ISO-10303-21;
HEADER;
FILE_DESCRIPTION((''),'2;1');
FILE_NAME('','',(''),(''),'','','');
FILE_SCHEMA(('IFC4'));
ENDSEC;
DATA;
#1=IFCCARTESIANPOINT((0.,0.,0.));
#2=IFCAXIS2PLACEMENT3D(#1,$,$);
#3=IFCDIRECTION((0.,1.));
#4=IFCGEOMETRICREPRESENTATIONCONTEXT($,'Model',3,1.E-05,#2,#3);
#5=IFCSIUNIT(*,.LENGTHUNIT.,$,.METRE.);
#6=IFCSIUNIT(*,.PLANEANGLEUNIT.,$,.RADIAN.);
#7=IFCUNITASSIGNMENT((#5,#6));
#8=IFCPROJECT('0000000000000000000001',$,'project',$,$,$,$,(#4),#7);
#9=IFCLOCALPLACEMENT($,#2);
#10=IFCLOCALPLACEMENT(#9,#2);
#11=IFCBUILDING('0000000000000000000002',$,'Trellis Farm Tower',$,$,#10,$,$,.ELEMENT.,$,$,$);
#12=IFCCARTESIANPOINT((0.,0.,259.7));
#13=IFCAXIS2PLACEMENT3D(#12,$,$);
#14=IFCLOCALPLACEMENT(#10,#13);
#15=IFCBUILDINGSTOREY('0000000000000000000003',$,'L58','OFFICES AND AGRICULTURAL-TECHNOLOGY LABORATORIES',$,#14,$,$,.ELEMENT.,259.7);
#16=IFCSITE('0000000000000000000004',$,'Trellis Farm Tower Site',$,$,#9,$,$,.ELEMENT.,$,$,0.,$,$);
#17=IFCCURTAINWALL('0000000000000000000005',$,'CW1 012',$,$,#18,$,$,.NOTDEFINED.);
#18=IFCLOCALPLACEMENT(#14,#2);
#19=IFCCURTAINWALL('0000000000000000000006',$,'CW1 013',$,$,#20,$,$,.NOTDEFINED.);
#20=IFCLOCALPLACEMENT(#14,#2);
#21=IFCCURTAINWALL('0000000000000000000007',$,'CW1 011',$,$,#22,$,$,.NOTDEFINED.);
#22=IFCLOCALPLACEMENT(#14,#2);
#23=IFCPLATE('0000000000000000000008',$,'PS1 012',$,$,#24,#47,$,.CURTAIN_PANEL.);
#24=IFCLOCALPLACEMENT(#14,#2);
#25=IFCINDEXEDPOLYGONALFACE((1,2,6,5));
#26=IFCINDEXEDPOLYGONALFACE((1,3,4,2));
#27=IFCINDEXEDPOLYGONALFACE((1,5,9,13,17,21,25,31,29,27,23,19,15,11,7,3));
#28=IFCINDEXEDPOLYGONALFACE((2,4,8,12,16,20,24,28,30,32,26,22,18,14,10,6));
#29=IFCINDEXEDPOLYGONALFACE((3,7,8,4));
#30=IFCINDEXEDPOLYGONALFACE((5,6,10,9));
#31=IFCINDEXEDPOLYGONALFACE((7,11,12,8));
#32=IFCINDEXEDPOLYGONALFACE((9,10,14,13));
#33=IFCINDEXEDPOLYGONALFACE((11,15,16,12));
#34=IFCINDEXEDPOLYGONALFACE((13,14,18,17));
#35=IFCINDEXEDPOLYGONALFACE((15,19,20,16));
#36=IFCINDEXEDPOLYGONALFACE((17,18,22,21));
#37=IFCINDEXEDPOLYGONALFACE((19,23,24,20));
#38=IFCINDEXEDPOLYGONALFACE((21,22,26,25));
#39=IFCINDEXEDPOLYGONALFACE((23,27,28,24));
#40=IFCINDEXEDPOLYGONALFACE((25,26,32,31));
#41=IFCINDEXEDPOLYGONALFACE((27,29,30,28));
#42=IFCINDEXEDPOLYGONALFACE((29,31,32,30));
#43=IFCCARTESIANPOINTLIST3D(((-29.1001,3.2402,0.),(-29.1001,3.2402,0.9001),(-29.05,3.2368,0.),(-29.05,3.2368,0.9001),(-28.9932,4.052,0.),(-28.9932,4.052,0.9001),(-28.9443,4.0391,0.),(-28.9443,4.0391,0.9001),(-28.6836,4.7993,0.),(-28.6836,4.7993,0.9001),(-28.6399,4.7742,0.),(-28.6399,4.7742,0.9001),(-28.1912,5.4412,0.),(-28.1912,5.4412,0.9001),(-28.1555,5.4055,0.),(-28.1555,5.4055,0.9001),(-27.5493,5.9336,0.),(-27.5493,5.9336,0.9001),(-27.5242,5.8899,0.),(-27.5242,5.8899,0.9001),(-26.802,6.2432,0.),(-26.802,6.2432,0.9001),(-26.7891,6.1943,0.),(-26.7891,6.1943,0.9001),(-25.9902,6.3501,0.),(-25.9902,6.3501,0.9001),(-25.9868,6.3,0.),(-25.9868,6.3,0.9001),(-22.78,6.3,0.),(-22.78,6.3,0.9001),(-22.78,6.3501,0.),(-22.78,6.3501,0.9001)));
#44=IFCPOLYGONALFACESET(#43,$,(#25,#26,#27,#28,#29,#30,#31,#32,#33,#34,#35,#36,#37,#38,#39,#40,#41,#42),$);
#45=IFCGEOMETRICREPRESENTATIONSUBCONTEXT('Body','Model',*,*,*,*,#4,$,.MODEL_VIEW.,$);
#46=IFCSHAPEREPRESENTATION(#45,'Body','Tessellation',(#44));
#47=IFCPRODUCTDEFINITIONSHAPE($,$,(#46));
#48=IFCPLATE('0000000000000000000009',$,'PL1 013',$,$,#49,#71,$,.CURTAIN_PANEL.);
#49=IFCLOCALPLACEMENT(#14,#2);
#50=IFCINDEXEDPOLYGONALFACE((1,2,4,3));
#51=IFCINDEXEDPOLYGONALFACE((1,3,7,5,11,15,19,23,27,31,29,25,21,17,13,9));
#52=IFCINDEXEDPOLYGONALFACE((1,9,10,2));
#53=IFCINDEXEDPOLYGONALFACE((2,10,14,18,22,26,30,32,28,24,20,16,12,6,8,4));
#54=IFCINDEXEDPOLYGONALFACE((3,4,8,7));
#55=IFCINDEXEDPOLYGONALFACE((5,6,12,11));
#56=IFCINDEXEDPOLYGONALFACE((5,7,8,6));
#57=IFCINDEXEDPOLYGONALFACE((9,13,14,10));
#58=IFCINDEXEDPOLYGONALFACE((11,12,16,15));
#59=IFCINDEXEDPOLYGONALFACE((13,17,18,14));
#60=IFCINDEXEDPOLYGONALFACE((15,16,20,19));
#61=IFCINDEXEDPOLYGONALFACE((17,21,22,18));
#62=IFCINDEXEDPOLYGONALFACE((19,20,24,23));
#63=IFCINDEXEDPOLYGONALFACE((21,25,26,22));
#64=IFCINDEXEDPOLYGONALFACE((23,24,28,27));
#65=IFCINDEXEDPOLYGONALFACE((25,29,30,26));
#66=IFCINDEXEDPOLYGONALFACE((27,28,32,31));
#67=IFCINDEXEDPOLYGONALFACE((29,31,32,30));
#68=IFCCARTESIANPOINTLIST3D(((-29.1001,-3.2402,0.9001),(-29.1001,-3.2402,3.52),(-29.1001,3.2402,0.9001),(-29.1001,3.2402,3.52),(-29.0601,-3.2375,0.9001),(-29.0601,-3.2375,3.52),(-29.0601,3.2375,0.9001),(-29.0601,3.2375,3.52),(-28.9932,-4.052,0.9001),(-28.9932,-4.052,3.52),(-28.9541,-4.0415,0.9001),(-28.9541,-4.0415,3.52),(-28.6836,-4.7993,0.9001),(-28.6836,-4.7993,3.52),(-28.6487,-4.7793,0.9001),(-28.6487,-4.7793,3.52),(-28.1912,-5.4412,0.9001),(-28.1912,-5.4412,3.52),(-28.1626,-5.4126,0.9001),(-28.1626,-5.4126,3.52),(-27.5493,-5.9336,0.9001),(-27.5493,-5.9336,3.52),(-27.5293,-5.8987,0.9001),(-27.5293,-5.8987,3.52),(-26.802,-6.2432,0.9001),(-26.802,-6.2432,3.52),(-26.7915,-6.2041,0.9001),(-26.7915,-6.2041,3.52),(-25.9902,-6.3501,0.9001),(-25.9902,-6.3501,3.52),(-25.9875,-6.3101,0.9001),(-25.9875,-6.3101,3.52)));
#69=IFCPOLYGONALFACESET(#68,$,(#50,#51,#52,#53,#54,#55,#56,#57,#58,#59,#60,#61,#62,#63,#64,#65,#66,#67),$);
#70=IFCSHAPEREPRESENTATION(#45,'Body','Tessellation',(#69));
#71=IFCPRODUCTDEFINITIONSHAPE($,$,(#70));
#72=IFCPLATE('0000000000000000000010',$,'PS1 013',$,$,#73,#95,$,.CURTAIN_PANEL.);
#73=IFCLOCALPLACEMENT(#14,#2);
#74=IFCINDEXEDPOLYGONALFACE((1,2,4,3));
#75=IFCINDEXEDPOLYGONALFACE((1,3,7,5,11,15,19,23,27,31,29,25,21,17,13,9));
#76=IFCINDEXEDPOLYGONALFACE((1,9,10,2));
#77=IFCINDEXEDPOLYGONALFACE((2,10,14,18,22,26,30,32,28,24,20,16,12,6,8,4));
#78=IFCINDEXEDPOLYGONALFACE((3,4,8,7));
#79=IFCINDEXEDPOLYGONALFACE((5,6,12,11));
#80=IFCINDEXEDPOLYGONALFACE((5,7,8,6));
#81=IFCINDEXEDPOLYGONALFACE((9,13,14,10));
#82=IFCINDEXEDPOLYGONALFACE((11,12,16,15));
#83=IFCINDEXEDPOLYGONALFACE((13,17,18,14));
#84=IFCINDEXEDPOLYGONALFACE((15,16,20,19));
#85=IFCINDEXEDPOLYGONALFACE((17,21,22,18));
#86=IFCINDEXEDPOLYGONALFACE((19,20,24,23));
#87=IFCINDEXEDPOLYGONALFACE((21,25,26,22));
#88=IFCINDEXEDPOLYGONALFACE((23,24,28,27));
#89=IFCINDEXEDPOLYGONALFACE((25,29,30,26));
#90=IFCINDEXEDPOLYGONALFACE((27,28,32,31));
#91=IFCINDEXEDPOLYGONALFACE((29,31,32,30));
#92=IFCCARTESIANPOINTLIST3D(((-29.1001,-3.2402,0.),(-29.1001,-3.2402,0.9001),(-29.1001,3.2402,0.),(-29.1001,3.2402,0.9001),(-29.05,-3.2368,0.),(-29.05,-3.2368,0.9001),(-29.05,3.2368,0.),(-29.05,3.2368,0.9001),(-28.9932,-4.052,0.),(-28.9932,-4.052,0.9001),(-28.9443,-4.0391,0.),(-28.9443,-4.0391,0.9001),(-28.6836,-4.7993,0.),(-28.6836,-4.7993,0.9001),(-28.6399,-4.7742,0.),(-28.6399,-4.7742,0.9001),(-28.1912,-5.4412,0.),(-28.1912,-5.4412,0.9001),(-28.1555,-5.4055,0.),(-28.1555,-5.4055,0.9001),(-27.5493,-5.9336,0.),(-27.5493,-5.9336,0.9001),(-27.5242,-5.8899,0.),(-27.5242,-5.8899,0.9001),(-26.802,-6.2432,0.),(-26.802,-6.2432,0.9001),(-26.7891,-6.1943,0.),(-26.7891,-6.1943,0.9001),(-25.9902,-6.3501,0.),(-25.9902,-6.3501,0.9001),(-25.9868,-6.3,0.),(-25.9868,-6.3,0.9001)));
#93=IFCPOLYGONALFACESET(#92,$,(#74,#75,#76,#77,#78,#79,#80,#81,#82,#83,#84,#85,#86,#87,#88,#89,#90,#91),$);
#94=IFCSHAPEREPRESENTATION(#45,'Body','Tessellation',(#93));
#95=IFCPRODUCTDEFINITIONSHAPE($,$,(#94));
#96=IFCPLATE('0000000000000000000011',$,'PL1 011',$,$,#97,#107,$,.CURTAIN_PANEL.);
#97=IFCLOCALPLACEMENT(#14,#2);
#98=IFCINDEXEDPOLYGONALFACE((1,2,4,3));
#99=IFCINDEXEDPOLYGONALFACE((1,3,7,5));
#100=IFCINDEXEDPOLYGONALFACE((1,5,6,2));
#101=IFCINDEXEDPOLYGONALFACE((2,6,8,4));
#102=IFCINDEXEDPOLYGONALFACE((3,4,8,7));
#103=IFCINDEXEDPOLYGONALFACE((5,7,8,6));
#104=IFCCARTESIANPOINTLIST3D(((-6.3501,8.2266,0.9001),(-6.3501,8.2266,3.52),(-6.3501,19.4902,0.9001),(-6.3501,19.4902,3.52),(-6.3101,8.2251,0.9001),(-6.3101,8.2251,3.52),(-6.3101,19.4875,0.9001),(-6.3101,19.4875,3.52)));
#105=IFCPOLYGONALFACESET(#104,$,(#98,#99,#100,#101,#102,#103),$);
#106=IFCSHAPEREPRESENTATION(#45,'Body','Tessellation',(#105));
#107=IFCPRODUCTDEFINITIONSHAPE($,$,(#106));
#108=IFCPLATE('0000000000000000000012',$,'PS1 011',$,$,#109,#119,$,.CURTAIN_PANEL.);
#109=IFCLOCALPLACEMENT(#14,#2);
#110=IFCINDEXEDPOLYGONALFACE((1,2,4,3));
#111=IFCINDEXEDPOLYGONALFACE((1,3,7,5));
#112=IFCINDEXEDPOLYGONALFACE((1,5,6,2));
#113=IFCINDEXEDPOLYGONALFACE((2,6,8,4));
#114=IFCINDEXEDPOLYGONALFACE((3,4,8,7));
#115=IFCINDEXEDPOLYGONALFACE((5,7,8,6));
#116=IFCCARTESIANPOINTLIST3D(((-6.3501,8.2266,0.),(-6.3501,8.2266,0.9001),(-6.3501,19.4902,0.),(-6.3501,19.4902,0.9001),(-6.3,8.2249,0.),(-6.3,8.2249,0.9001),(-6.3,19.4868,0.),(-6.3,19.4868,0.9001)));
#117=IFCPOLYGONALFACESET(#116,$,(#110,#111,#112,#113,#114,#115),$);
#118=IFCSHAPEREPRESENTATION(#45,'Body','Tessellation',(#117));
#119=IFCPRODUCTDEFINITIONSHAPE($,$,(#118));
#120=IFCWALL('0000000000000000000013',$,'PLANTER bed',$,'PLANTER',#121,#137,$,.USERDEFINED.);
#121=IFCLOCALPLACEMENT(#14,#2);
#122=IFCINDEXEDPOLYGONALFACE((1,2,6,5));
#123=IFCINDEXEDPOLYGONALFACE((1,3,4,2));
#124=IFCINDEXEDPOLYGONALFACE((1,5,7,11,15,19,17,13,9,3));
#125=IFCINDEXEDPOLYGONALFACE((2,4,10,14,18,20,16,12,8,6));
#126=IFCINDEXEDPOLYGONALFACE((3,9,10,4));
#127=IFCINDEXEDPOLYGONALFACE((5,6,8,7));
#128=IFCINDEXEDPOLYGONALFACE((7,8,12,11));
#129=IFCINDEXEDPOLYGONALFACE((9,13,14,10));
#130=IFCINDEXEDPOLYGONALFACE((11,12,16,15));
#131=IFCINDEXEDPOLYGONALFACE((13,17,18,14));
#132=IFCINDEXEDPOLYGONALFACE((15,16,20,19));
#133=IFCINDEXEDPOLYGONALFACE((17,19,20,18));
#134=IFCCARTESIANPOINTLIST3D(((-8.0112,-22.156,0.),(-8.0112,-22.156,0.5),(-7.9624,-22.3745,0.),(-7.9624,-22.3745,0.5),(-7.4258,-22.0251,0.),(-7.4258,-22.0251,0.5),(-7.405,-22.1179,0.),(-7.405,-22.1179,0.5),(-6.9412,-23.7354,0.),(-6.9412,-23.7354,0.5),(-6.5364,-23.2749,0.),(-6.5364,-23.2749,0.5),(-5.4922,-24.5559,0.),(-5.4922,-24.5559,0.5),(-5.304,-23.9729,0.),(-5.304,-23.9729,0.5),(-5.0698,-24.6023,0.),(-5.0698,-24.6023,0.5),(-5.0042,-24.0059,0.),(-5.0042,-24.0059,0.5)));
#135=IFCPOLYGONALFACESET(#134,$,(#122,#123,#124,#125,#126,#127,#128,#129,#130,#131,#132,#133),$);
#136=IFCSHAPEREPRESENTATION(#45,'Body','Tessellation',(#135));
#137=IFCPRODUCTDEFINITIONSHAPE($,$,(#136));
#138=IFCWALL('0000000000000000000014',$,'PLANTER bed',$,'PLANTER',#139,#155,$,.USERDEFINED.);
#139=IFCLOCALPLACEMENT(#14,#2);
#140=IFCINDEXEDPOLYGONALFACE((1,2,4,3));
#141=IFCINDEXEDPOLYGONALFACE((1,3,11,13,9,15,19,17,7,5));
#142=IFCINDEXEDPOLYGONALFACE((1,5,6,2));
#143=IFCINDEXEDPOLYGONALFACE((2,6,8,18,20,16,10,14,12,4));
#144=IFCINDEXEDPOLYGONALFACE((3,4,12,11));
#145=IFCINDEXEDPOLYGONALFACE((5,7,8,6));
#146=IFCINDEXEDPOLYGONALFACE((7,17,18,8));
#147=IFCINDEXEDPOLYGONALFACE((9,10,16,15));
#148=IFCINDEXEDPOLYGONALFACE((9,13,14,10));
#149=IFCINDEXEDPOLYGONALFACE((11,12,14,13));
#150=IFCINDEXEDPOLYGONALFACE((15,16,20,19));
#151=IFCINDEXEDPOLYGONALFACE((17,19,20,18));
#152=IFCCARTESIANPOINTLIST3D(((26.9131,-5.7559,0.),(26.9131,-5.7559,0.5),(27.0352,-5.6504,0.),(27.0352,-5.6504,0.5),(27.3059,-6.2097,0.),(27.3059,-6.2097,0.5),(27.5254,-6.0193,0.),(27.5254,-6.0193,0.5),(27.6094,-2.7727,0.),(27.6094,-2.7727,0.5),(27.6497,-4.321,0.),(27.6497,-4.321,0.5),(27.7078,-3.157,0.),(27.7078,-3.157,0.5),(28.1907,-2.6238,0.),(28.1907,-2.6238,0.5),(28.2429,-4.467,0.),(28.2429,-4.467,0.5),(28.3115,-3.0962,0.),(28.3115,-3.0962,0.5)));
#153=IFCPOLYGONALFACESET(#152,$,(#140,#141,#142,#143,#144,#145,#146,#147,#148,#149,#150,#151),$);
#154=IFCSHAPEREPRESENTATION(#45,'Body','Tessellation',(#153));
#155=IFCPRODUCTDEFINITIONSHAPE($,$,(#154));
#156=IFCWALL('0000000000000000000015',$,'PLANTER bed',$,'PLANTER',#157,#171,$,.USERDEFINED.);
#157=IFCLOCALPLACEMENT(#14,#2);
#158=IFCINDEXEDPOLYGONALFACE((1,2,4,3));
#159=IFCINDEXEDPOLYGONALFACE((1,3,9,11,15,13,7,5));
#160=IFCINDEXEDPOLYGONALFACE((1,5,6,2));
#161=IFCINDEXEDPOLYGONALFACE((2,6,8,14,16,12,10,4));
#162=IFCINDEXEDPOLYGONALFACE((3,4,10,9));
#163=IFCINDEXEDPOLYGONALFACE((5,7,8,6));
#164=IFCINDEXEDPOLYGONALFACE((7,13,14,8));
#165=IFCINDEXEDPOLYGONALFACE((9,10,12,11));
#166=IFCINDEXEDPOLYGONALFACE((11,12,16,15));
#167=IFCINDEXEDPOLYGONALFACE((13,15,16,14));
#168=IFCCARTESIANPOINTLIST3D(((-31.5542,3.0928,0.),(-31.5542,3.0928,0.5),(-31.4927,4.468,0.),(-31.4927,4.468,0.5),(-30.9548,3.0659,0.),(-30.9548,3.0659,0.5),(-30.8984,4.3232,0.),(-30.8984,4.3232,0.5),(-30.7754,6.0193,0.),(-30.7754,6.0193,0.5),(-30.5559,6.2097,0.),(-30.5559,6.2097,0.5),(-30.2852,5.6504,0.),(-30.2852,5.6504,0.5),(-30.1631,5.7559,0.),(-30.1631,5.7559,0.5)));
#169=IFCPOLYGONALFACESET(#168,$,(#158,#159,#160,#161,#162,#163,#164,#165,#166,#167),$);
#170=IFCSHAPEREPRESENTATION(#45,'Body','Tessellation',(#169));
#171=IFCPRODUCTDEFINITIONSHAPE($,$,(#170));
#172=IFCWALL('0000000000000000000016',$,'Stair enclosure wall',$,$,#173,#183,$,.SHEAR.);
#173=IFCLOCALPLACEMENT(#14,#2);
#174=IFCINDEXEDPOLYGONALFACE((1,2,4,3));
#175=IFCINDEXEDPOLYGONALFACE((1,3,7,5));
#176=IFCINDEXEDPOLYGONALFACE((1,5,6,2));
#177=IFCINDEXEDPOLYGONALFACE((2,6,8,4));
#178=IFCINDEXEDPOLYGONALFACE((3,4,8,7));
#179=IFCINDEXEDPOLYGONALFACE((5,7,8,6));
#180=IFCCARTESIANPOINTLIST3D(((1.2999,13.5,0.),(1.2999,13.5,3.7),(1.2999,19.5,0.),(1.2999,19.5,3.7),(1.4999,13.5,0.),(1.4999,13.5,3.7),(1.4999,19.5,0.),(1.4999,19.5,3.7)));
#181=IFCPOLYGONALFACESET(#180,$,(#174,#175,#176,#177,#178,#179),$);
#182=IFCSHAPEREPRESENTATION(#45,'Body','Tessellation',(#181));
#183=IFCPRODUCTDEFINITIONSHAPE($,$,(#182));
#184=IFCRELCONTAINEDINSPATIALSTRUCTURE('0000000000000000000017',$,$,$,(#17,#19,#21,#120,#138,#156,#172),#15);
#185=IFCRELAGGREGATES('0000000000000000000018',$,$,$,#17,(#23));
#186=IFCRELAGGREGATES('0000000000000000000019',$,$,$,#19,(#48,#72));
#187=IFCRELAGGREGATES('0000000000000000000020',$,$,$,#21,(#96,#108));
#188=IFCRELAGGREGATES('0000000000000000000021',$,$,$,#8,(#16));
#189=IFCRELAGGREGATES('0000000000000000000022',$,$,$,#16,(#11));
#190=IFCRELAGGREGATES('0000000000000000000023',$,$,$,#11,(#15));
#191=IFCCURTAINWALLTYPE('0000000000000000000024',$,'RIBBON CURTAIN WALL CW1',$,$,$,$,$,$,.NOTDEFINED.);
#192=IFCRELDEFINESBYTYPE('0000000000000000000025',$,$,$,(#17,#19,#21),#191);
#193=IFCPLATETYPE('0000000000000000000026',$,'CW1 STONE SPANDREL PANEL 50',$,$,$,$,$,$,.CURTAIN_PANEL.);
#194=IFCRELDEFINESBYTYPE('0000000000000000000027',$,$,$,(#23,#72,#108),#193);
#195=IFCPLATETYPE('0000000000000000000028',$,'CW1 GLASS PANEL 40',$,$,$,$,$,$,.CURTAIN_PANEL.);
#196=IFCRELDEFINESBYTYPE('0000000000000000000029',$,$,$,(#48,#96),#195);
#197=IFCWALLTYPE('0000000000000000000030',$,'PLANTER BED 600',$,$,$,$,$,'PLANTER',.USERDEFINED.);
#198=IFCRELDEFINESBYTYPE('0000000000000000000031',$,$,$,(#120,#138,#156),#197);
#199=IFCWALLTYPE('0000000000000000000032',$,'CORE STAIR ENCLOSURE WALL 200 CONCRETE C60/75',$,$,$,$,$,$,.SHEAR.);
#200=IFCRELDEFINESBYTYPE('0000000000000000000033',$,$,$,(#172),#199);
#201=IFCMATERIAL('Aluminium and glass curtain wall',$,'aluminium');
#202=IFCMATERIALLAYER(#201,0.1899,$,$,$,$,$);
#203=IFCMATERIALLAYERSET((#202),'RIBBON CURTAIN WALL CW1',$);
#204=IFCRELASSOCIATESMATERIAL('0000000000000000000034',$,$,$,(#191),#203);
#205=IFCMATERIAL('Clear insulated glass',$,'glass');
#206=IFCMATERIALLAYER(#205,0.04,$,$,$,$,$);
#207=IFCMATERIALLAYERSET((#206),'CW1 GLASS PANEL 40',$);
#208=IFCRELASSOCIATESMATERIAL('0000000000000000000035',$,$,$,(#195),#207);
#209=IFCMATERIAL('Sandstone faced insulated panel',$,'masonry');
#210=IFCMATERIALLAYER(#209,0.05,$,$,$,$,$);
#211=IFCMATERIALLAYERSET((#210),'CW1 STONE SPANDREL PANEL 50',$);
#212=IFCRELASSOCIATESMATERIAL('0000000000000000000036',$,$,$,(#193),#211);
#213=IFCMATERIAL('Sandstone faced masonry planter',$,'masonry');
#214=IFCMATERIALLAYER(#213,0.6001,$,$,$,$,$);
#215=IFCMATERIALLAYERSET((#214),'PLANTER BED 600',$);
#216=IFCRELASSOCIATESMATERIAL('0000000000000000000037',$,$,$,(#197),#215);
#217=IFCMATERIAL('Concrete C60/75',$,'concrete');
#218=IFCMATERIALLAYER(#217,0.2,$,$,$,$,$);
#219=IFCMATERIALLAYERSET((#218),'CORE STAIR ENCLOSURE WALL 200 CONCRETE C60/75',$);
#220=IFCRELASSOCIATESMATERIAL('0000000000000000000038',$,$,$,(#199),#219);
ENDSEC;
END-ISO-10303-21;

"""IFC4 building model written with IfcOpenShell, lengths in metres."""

from ifc_helpers import new_model, si_unit, direction, frame, frame_2d, origin, place, context, subcontext, project, spatial, polyline, rectangle, outline, extrude, source, transform, mapped, material, layer, layer_set, type_object, element, aggregate, save


model = new_model("IFC4")

# Units and contexts
model_context = context("Model", 3, precision=1e-05, world=origin(), true_north=direction((0.0, 1.0)))
body_context = subcontext(model_context, "Body", "Model", "MODEL_VIEW")
ifc_project = project(units=[si_unit("LENGTHUNIT", "METRE"), si_unit("PLANEANGLEUNIT", "RADIAN")], contexts=[model_context])

# Site, building, storey
site_placement = place(None, origin())
site = spatial("IfcSite", under=ifc_project, at=site_placement, Name="Trellis Farm Tower Site", CompositionType="ELEMENT", RefElevation=0.0)
building_placement = place(site_placement, origin())
building = spatial("IfcBuilding", under=site, at=building_placement, Name="Trellis Farm Tower", CompositionType="ELEMENT")
storey_placement = place(building_placement, frame((0.0, 0.0, 259.7)))
storey = spatial("IfcBuildingStorey", under=building, at=storey_placement, Name="L58", Description="OFFICES AND AGRICULTURAL-TECHNOLOGY LABORATORIES", CompositionType="ELEMENT", Elevation=259.7)

# Curtain walls
ifc_material_1 = material(Name="Aluminium and glass curtain wall", Category="aluminium")
placement_1 = place(storey_placement, origin())
ifc_layer_1 = layer(ifc_material_1, 0.1899)
ifc_layer_set_1 = layer_set([ifc_layer_1], Name="RIBBON CURTAIN WALL CW1")
curtain_wall_type_1 = type_object("IfcCurtainWallType", Name="RIBBON CURTAIN WALL CW1", PredefinedType="NOTDEFINED", material=ifc_layer_set_1)
curtain_wall_1 = element("IfcCurtainWall", 1, at=placement_1, inside=storey, type_object=curtain_wall_type_1, Name="CW1 012", PredefinedType="NOTDEFINED")
curtain_wall_2 = element("IfcCurtainWall", 2, at=placement_1, inside=storey, type_object=curtain_wall_type_1, Name="CW1 013", PredefinedType="NOTDEFINED")
curtain_wall_3 = element("IfcCurtainWall", 3, at=placement_1, inside=storey, type_object=curtain_wall_type_1, Name="CW1 011", PredefinedType="NOTDEFINED")

# Plates
ifc_material_2 = material(Name="Clear insulated glass", Category="glass")
ifc_layer_2 = layer(ifc_material_2, 0.04)
ifc_layer_set_2 = layer_set([ifc_layer_2], Name="CW1 GLASS PANEL 40")
plate_type_1 = type_object("IfcPlateType", Name="CW1 GLASS PANEL 40", PredefinedType="CURTAIN_PANEL", material=ifc_layer_set_2)
placement_2 = place(storey_placement, frame((0.0, 0.0, 0.9001)))
ifc_material_3 = material(Name="Sandstone faced insulated panel", Category="masonry")
ifc_layer_3 = layer(ifc_material_3, 0.05)
ifc_layer_set_3 = layer_set([ifc_layer_3], Name="CW1 STONE SPANDREL PANEL 50")
plate_type_2 = type_object("IfcPlateType", Name="CW1 STONE SPANDREL PANEL 50", PredefinedType="CURTAIN_PANEL", material=ifc_layer_set_3)
shared_shape_1 = source(origin(), body_context, "Body", "SweptSolid", [
    extrude(outline(polyline([(-22.78, 6.3501), (-25.9902, 6.3501), (-26.802, 6.2432), (-27.5493, 5.9336), (-28.1912, 5.4412), (-28.6836, 4.7993), (-28.9932, 4.052), (-29.1001, 3.2402), (-29.05, 3.2368), (-28.9443, 4.0391), (-28.6399, 4.7742), (-28.1555, 5.4055), (-27.5242, 5.8899), (-26.7891, 6.1943), (-25.9868, 6.3), (-22.78, 6.3), (-22.78, 6.3501)])), origin(), (0.0, 0.0, 1.0), 0.9001),
])
plate_1 = element("IfcPlate", 4, at=placement_1, type_object=plate_type_2, Name="PS1 012", PredefinedType="CURTAIN_PANEL", context=body_context, shape_type="MappedRepresentation", body=[
    mapped(shared_shape_1, transform((0.0, 0.0, 0.0))),
])
aggregate(curtain_wall_1, [plate_1])
shared_shape_2 = source(origin(), body_context, "Body", "SweptSolid", [
    extrude(outline(polyline([(-29.1001, 3.2402), (-29.1001, -3.2402), (-28.9932, -4.052), (-28.6836, -4.7993), (-28.1912, -5.4412), (-27.5493, -5.9336), (-26.802, -6.2432), (-25.9902, -6.3501), (-25.9875, -6.3101), (-26.7915, -6.2041), (-27.5293, -5.8987), (-28.1626, -5.4126), (-28.6487, -4.7793), (-28.9541, -4.0415), (-29.0601, -3.2375), (-29.0601, 3.2375), (-29.1001, 3.2402)])), origin(), (0.0, 0.0, 1.0), 2.6199),
])
plate_2 = element("IfcPlate", 5, at=placement_2, type_object=plate_type_1, Name="PL1 013", PredefinedType="CURTAIN_PANEL", context=body_context, shape_type="MappedRepresentation", body=[
    mapped(shared_shape_2, transform((0.0, 0.0, 0.0))),
])
shared_shape_3 = source(origin(), body_context, "Body", "SweptSolid", [
    extrude(outline(polyline([(-29.1001, 3.2402), (-29.1001, -3.2402), (-28.9932, -4.052), (-28.6836, -4.7993), (-28.1912, -5.4412), (-27.5493, -5.9336), (-26.802, -6.2432), (-25.9902, -6.3501), (-25.9868, -6.3), (-26.7891, -6.1943), (-27.5242, -5.8899), (-28.1555, -5.4055), (-28.6399, -4.7742), (-28.9443, -4.0391), (-29.05, -3.2368), (-29.05, 3.2368), (-29.1001, 3.2402)])), origin(), (0.0, 0.0, 1.0), 0.9001),
])
plate_3 = element("IfcPlate", 6, at=placement_1, type_object=plate_type_2, Name="PS1 013", PredefinedType="CURTAIN_PANEL", context=body_context, shape_type="MappedRepresentation", body=[
    mapped(shared_shape_3, transform((0.0, 0.0, 0.0))),
])
aggregate(curtain_wall_2, [plate_2, plate_3])
shared_shape_4 = source(origin(), body_context, "Body", "SweptSolid", [
    extrude(outline(polyline([(-6.3501, 19.4902), (-6.3501, 8.2266), (-6.3101, 8.2251), (-6.3101, 19.4875), (-6.3501, 19.4902)])), origin(), (0.0, 0.0, 1.0), 2.6199),
])
plate_4 = element("IfcPlate", 7, at=placement_2, type_object=plate_type_1, Name="PL1 011", PredefinedType="CURTAIN_PANEL", context=body_context, shape_type="MappedRepresentation", body=[
    mapped(shared_shape_4, transform((0.0, 0.0, 0.0))),
])
shared_shape_5 = source(origin(), body_context, "Body", "SweptSolid", [
    extrude(outline(polyline([(-6.3501, 19.4902), (-6.3501, 8.2266), (-6.3, 8.2249), (-6.3, 19.4868), (-6.3501, 19.4902)])), origin(), (0.0, 0.0, 1.0), 0.9001),
])
plate_5 = element("IfcPlate", 8, at=placement_1, type_object=plate_type_2, Name="PS1 011", PredefinedType="CURTAIN_PANEL", context=body_context, shape_type="MappedRepresentation", body=[
    mapped(shared_shape_5, transform((0.0, 0.0, 0.0))),
])
aggregate(curtain_wall_3, [plate_4, plate_5])

# Walls
ifc_material_4 = material(Name="Sandstone faced masonry planter", Category="masonry")
ifc_layer_4 = layer(ifc_material_4, 0.6001)
ifc_layer_set_4 = layer_set([ifc_layer_4], Name="PLANTER BED 600")
wall_type_1 = type_object("IfcWallType", Name="PLANTER BED 600", ElementType="PLANTER", PredefinedType="USERDEFINED", material=ifc_layer_set_4)
element("IfcWall", 9, at=placement_1, inside=storey, type_object=wall_type_1, Name="PLANTER bed", ObjectType="PLANTER", PredefinedType="USERDEFINED", context=body_context, shape_type="SweptSolid", body=[
    extrude(outline(polyline([(-5.4922, -24.5559), (-6.9412, -23.7354), (-7.9624, -22.3745), (-8.0112, -22.156), (-7.4258, -22.0251), (-7.405, -22.1179), (-6.5364, -23.2749), (-5.304, -23.9729), (-5.0042, -24.0059), (-5.0698, -24.6023), (-5.4922, -24.5559)])), origin(), (0.0, 0.0, 1.0), 0.5),
])
element("IfcWall", 10, at=placement_1, inside=storey, type_object=wall_type_1, Name="PLANTER bed", ObjectType="PLANTER", PredefinedType="USERDEFINED", context=body_context, shape_type="SweptSolid", body=[
    extrude(outline(polyline([(28.2429, -4.467), (27.5254, -6.0193), (27.3059, -6.2097), (26.9131, -5.7559), (27.0352, -5.6504), (27.6497, -4.321), (27.7078, -3.157), (27.6094, -2.7727), (28.1907, -2.6238), (28.3115, -3.0962), (28.2429, -4.467)])), origin(), (0.0, 0.0, 1.0), 0.5),
])
element("IfcWall", 11, at=placement_1, inside=storey, type_object=wall_type_1, Name="PLANTER bed", ObjectType="PLANTER", PredefinedType="USERDEFINED", context=body_context, shape_type="SweptSolid", body=[
    extrude(outline(polyline([(-30.7754, 6.0193), (-30.5559, 6.2097), (-30.1631, 5.7559), (-30.2852, 5.6504), (-30.8984, 4.3232), (-30.9548, 3.0659), (-31.5542, 3.0928), (-31.4927, 4.468), (-30.7754, 6.0193)])), origin(), (0.0, 0.0, 1.0), 0.5),
])
ifc_material_5 = material(Name="Concrete C60/75", Category="concrete")
ifc_layer_5 = layer(ifc_material_5, 0.2)
ifc_layer_set_5 = layer_set([ifc_layer_5], Name="CORE STAIR ENCLOSURE WALL 200 CONCRETE C60/75")
wall_type_2 = type_object("IfcWallType", Name="CORE STAIR ENCLOSURE WALL 200 CONCRETE C60/75", PredefinedType="SHEAR", material=ifc_layer_set_5)
shared_shape_6 = source(origin(), body_context, "Body", "SweptSolid", [
    extrude(rectangle(XDim=6.0, YDim=0.2, at=frame_2d((3.0, 0.0))), origin(), (0.0, 0.0, 1.0), 3.7),
])
wall_1_placement = place(storey_placement, frame((1.3999, 13.5, 0.0), z_axis=(0.0, 0.0, 1.0), x_axis=(0.0, 1.0, 0.0)))
element("IfcWall", 12, at=wall_1_placement, inside=storey, type_object=wall_type_2, Name="Stair enclosure wall", PredefinedType="SHEAR", context=body_context, shape_type="MappedRepresentation", body=[
    mapped(shared_shape_6, transform((0.0, 0.0, 0.0))),
])

save(model, "model.ifc")
